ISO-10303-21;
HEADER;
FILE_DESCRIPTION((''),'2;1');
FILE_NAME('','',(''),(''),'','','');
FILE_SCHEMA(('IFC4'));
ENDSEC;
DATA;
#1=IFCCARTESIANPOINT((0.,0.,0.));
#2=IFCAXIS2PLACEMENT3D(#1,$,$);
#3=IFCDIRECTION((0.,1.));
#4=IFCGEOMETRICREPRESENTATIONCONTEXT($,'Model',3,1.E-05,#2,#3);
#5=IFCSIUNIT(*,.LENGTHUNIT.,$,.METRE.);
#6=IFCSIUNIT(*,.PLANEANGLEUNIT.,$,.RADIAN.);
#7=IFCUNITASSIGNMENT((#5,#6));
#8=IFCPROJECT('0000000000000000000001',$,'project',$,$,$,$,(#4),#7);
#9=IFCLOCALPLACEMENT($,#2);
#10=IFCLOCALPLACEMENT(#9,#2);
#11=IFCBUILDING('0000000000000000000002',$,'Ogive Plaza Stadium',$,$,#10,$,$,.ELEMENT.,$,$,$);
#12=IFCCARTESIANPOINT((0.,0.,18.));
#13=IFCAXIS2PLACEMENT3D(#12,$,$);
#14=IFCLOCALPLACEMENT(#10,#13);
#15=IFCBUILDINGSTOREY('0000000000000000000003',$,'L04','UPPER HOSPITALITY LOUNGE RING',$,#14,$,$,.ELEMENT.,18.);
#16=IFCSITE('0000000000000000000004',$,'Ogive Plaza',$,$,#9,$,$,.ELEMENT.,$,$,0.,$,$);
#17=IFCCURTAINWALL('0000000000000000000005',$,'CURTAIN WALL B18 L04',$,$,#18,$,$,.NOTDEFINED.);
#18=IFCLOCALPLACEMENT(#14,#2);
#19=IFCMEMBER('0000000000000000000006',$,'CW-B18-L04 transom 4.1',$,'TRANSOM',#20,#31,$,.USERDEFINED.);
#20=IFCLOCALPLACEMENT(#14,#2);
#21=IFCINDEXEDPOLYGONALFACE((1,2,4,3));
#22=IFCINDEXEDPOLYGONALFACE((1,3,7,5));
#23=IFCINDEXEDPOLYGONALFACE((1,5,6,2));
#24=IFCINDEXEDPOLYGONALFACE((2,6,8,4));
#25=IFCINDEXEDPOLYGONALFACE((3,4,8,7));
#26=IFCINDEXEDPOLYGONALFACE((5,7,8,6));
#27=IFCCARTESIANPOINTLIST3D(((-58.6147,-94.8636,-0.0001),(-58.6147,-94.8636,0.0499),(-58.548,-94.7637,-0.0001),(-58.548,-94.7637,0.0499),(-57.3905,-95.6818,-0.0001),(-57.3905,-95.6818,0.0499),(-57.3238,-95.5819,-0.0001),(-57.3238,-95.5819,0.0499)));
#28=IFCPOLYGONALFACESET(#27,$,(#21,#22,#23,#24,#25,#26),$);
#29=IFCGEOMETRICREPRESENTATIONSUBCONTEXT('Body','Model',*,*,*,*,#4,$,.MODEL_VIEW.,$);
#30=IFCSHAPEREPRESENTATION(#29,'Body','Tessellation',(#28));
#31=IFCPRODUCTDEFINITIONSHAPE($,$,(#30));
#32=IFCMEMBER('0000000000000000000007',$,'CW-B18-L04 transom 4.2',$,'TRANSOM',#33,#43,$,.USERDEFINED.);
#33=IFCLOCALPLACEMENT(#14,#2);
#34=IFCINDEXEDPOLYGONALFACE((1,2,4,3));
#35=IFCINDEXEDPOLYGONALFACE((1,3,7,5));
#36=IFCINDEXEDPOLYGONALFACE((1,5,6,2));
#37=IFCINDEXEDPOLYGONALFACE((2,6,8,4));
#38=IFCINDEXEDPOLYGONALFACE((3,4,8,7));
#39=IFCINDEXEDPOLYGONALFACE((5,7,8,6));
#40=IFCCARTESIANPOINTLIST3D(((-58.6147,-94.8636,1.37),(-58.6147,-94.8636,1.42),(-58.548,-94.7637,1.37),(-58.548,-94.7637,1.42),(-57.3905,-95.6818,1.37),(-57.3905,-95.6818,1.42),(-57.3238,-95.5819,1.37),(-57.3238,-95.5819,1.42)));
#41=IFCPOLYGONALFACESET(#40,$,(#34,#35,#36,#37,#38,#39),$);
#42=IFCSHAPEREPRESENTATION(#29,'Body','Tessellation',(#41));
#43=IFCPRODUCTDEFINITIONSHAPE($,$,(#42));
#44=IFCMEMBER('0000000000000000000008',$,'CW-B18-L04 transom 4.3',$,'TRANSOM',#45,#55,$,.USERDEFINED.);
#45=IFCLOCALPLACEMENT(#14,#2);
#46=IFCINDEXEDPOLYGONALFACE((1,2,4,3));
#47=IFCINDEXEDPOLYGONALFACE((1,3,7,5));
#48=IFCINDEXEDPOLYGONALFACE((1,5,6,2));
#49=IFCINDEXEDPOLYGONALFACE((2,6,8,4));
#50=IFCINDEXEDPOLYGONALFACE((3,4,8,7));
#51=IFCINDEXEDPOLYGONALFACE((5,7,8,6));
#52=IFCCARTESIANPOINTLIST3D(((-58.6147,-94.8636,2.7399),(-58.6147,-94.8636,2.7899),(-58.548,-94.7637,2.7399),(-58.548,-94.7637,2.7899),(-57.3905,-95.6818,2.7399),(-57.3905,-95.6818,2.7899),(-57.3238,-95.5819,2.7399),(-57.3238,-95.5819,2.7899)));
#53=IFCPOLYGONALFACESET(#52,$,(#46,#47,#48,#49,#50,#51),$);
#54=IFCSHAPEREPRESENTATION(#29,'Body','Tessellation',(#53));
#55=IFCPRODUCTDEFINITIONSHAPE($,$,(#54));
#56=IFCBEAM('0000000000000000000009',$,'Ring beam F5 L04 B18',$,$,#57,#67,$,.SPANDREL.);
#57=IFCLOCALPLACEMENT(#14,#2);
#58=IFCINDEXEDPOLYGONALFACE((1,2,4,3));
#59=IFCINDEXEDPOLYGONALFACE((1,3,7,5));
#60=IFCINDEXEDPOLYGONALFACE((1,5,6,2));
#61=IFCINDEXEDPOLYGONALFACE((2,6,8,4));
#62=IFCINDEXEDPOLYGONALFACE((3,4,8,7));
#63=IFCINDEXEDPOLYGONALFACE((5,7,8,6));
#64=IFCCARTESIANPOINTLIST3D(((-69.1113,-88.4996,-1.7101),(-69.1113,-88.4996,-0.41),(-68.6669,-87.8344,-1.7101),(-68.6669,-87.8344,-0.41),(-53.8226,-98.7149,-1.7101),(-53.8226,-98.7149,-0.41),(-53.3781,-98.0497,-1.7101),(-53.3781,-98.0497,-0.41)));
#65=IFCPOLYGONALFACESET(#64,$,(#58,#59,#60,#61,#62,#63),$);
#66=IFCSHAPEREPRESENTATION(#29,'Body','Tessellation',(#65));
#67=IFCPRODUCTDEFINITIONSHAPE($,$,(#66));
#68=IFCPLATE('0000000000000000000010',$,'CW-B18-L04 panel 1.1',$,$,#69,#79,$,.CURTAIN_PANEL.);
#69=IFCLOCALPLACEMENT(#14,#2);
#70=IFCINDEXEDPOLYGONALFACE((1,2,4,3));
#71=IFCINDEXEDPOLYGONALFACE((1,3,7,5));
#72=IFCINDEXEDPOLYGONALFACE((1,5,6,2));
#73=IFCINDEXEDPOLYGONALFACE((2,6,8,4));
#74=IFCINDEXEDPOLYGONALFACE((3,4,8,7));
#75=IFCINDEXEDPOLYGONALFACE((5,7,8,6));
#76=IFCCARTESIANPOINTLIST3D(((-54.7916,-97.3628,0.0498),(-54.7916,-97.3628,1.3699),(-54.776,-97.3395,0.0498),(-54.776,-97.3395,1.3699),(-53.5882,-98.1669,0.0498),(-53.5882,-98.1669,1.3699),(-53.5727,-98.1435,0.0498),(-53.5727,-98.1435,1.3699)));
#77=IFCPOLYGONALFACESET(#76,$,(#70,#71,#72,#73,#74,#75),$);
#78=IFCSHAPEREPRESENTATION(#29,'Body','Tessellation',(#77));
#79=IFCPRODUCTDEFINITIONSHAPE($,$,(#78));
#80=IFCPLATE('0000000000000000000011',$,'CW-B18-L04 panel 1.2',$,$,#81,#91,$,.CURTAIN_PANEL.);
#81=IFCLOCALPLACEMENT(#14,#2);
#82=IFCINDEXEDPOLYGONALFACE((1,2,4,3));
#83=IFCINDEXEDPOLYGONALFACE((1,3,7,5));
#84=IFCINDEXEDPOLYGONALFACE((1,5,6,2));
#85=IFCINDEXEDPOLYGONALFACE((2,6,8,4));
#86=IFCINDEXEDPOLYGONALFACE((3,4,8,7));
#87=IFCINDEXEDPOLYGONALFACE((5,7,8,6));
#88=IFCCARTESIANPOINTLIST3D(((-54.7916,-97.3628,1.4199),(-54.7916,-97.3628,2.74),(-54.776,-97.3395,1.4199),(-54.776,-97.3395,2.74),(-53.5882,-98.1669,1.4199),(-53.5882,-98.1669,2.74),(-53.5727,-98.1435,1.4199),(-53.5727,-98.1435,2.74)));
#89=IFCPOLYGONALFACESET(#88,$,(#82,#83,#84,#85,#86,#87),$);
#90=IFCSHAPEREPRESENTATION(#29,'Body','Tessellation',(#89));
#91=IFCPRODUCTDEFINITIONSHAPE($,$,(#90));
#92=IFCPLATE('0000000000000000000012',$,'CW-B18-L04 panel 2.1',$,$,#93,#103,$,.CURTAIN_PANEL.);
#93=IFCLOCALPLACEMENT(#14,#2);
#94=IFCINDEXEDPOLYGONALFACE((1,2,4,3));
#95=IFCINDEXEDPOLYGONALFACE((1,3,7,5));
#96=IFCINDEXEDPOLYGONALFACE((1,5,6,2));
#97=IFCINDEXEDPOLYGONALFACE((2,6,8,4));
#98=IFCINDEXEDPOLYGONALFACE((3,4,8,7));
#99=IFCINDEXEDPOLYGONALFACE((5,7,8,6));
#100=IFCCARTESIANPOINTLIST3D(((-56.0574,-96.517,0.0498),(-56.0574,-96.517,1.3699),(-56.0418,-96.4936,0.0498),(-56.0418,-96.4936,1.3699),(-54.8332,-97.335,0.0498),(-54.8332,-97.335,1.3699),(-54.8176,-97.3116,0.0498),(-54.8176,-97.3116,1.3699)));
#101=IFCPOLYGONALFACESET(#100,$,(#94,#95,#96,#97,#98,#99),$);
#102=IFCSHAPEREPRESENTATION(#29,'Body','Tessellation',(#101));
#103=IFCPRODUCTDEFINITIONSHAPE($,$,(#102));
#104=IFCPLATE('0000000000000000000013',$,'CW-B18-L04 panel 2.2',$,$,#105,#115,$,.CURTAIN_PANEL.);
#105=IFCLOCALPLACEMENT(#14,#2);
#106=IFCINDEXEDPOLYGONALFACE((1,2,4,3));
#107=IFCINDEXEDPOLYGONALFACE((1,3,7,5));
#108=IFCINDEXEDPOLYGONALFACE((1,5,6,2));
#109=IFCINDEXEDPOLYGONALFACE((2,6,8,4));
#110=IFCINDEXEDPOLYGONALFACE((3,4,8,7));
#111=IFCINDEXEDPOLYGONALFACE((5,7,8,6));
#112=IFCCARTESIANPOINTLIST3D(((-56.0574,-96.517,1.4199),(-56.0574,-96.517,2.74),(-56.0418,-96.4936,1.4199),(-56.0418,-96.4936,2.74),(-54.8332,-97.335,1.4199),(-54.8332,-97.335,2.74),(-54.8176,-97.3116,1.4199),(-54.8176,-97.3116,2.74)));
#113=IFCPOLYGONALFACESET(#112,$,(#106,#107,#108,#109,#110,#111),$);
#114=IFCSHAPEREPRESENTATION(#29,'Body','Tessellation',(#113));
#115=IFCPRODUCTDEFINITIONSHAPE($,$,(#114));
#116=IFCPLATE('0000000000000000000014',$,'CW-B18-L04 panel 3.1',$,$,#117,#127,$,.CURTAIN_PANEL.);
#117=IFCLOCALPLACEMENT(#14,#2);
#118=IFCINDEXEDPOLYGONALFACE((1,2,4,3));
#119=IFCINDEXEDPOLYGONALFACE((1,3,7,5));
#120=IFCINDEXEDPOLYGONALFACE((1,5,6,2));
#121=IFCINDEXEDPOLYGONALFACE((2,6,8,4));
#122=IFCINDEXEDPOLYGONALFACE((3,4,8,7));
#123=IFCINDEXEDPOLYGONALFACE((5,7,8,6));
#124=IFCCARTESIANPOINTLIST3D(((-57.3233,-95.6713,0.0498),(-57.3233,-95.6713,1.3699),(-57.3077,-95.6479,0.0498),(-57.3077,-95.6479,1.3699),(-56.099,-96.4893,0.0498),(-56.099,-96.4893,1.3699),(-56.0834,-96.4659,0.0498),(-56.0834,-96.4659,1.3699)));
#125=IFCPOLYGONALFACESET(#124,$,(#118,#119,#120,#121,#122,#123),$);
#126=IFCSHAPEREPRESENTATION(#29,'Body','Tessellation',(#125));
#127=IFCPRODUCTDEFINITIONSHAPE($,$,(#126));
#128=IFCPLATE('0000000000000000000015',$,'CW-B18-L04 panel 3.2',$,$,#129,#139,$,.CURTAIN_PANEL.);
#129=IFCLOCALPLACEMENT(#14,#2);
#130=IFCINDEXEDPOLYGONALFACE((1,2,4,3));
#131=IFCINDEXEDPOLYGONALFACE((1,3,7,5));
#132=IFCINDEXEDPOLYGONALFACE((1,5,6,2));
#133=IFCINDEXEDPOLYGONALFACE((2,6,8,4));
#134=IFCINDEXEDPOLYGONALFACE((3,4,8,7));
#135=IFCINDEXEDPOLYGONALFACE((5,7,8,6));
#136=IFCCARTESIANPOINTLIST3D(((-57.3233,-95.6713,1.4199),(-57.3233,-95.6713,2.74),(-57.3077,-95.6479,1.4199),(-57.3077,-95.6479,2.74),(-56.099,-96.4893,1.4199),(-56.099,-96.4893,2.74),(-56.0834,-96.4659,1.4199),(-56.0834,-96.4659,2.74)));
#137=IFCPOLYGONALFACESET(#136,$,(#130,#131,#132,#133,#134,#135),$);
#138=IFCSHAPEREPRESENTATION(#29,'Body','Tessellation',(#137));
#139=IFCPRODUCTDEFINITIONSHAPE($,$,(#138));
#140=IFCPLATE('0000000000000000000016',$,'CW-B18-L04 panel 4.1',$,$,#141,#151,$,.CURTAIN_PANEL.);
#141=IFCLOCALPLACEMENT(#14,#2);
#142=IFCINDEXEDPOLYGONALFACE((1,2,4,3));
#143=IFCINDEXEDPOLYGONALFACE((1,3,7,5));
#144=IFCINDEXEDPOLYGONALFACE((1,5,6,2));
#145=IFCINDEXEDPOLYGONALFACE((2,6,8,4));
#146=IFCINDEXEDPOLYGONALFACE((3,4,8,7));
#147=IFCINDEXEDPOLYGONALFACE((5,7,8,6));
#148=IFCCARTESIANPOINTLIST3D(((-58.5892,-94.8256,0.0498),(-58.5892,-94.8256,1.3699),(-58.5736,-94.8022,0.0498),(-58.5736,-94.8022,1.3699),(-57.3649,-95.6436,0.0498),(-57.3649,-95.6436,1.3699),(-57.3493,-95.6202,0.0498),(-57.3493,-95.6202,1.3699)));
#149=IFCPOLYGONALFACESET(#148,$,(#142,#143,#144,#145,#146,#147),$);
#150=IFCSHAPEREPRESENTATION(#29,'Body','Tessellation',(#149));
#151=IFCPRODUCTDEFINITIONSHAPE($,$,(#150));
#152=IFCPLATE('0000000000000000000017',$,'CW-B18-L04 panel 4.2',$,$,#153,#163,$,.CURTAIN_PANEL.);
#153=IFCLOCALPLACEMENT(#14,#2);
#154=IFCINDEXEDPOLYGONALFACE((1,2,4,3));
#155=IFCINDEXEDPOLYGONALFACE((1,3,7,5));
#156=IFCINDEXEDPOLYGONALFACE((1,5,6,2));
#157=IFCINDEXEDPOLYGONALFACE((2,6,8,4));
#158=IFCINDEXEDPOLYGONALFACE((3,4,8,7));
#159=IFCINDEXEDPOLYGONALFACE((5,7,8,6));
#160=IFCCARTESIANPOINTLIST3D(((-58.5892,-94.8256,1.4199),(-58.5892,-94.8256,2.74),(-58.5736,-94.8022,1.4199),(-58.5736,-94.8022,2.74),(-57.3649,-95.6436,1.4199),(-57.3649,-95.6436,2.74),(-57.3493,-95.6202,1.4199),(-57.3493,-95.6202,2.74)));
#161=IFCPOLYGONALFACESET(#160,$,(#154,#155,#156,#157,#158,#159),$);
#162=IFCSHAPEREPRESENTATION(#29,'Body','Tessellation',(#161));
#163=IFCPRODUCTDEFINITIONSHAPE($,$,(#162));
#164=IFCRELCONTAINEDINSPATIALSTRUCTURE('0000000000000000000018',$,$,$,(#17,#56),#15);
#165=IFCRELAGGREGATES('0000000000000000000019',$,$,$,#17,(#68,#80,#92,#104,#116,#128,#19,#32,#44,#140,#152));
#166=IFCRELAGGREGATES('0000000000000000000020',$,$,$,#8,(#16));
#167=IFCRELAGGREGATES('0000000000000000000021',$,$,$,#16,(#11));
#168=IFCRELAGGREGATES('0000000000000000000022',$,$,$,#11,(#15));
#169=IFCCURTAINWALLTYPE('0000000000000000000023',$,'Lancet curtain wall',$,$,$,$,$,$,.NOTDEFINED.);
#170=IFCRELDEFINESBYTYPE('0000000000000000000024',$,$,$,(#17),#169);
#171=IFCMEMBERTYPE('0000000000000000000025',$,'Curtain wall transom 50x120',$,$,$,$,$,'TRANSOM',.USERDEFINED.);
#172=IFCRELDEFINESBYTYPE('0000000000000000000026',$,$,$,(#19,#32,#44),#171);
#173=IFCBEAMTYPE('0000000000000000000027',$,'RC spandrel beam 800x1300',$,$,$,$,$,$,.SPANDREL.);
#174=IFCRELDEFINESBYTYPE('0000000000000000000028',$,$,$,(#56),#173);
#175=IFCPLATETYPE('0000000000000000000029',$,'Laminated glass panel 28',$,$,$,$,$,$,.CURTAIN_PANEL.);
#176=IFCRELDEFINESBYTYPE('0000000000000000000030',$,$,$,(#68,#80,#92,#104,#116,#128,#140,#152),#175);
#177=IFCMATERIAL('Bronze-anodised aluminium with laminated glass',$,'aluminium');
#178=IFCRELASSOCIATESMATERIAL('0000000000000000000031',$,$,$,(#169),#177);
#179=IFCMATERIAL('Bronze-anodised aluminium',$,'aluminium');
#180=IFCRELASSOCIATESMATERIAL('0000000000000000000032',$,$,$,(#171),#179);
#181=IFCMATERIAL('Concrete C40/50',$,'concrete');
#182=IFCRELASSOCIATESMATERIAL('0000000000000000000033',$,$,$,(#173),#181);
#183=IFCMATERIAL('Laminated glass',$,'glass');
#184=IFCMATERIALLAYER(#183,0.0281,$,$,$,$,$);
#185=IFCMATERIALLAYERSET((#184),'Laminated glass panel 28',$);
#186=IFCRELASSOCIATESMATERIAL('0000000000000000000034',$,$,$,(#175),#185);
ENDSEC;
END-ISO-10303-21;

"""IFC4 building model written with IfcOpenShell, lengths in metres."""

from ifc_helpers import new_model, si_unit, direction, frame, origin, origin_2d, place, context, subcontext, project, spatial, rectangle, extrude, material, layer, layer_set, material_profile, profile_set, type_object, element, aggregate, save


model = new_model("IFC4")

# Units and contexts
model_context = context("Model", 3, precision=1e-05, world=origin(), true_north=direction((0.0, 1.0)))
body_context = subcontext(model_context, "Body", "Model", "MODEL_VIEW")
ifc_project = project(units=[si_unit("LENGTHUNIT", "METRE"), si_unit("PLANEANGLEUNIT", "RADIAN")], contexts=[model_context])

# Site, building, storey
site_placement = place(None, origin())
site = spatial("IfcSite", under=ifc_project, at=site_placement, Name="Ogive Plaza", CompositionType="ELEMENT", RefElevation=0.0)
building_placement = place(site_placement, origin())
building = spatial("IfcBuilding", under=site, at=building_placement, Name="Ogive Plaza Stadium", CompositionType="ELEMENT")
storey_placement = place(building_placement, frame((0.0, 0.0, 18.0)))
storey = spatial("IfcBuildingStorey", under=building, at=storey_placement, Name="L04", Description="UPPER HOSPITALITY LOUNGE RING", CompositionType="ELEMENT", Elevation=18.0)

# Curtain wall, members
ifc_material_1 = material(Name="Bronze-anodised aluminium with laminated glass", Category="aluminium")
curtain_wall_type = type_object("IfcCurtainWallType", Name="Lancet curtain wall", PredefinedType="NOTDEFINED", material=ifc_material_1)
curtain_wall_placement = place(storey_placement, origin())
curtain_wall = element("IfcCurtainWall", 1, at=curtain_wall_placement, inside=storey, type_object=curtain_wall_type, Name="CURTAIN WALL B18 L04", PredefinedType="NOTDEFINED")
ifc_material_2 = material(Name="Bronze-anodised aluminium", Category="aluminium")
ifc_material_profile_1 = material_profile(ifc_material_2, rectangle(XDim=0.1201, YDim=0.05, at=origin_2d()), Name="AL 120x50")
ifc_profile_set_1 = profile_set([ifc_material_profile_1], Name="Bronze-anodised aluminium")
member_type_1 = type_object("IfcMemberType", Name="Curtain wall transom 50x120", ElementType="TRANSOM", PredefinedType="USERDEFINED", material=ifc_profile_set_1)
member_1_placement = place(storey_placement, frame((-57.3572, -95.6318, 0.0249), z_axis=(-0.831412, 0.555656, 0.0), x_axis=(-0.555656, -0.831412, 0.0)))
member_1 = element("IfcMember", 2, at=member_1_placement, type_object=member_type_1, Name="CW-B18-L04 transom 4.1", ObjectType="TRANSOM", PredefinedType="USERDEFINED", context=body_context, shape_type="SweptSolid", body=[
    extrude(rectangle(XDim=0.1201, YDim=0.05, at=origin_2d()), origin(), (0.0, 0.0, 1.0), 1.4724),
])
member_2_placement = place(storey_placement, frame((-57.3572, -95.6318, 1.395), z_axis=(-0.831412, 0.555656, 0.0), x_axis=(-0.555656, -0.831412, 0.0)))
member_2 = element("IfcMember", 3, at=member_2_placement, type_object=member_type_1, Name="CW-B18-L04 transom 4.2", ObjectType="TRANSOM", PredefinedType="USERDEFINED", context=body_context, shape_type="SweptSolid", body=[
    extrude(rectangle(XDim=0.1201, YDim=0.05, at=origin_2d()), origin(), (0.0, 0.0, 1.0), 1.4724),
])
member_3_placement = place(storey_placement, frame((-57.3572, -95.6318, 2.7649), z_axis=(-0.831412, 0.555656, 0.0), x_axis=(-0.555656, -0.831412, 0.0)))
member_3 = element("IfcMember", 4, at=member_3_placement, type_object=member_type_1, Name="CW-B18-L04 transom 4.3", ObjectType="TRANSOM", PredefinedType="USERDEFINED", context=body_context, shape_type="SweptSolid", body=[
    extrude(rectangle(XDim=0.1201, YDim=0.05, at=origin_2d()), origin(), (0.0, 0.0, 1.0), 1.4724),
])

# Beam
ifc_material_3 = material(Name="Concrete C40/50", Category="concrete")
ifc_material_profile_2 = material_profile(ifc_material_3, rectangle(XDim=0.8, YDim=1.3, at=origin_2d()), Name="RC 800x1300")
ifc_profile_set_2 = profile_set([ifc_material_profile_2], Name="Concrete C40/50")
beam_type = type_object("IfcBeamType", Name="RC spandrel beam 800x1300", PredefinedType="SPANDREL", material=ifc_profile_set_2)
beam_placement = place(storey_placement, frame((-53.6003, -98.3823, -1.0601), z_axis=(-0.831478, 0.555558, 0.0), x_axis=(-0.555558, -0.831478, 0.0)))
element("IfcBeam", 5, at=beam_placement, inside=storey, type_object=beam_type, Name="Ring beam F5 L04 B18", PredefinedType="SPANDREL", context=body_context, shape_type="SweptSolid", body=[
    extrude(rectangle(XDim=0.8, YDim=1.3, at=origin_2d()), origin(), (0.0, 0.0, 1.0), 18.3875),
])

# Plates
ifc_material_4 = material(Name="Laminated glass", Category="glass")
ifc_layer = layer(ifc_material_4, 0.0281)
ifc_layer_set = layer_set([ifc_layer], Name="Laminated glass panel 28")
plate_type = type_object("IfcPlateType", Name="Laminated glass panel 28", PredefinedType="CURTAIN_PANEL", material=ifc_layer_set)
plate_1_placement = place(storey_placement, frame((-54.1821, -97.7532, 0.0498), z_axis=(0.0, 0.0, 1.0), x_axis=(-0.83147, 0.55557, 0.0)))
plate_1 = element("IfcPlate", 6, at=plate_1_placement, type_object=plate_type, Name="CW-B18-L04 panel 1.1", PredefinedType="CURTAIN_PANEL", context=body_context, shape_type="SweptSolid", body=[
    extrude(rectangle(XDim=1.4473, YDim=0.0281, at=origin_2d()), origin(), (0.0, 0.0, 1.0), 1.3201),
])
plate_2_placement = place(storey_placement, frame((-54.1821, -97.7532, 1.4199), z_axis=(0.0, 0.0, 1.0), x_axis=(-0.83147, 0.55557, 0.0)))
plate_2 = element("IfcPlate", 7, at=plate_2_placement, type_object=plate_type, Name="CW-B18-L04 panel 1.2", PredefinedType="CURTAIN_PANEL", context=body_context, shape_type="SweptSolid", body=[
    extrude(rectangle(XDim=1.4473, YDim=0.0281, at=origin_2d()), origin(), (0.0, 0.0, 1.0), 1.3201),
])
plate_3_placement = place(storey_placement, frame((-55.4375, -96.9143, 0.0498), z_axis=(0.0, 0.0, 1.0), x_axis=(-0.83147, 0.55557, 0.0)))
plate_3 = element("IfcPlate", 8, at=plate_3_placement, type_object=plate_type, Name="CW-B18-L04 panel 2.1", PredefinedType="CURTAIN_PANEL", context=body_context, shape_type="SweptSolid", body=[
    extrude(rectangle(XDim=1.4724, YDim=0.0281, at=origin_2d()), origin(), (0.0, 0.0, 1.0), 1.3201),
])
plate_4_placement = place(storey_placement, frame((-55.4375, -96.9143, 1.4199), z_axis=(0.0, 0.0, 1.0), x_axis=(-0.83147, 0.55557, 0.0)))
plate_4 = element("IfcPlate", 9, at=plate_4_placement, type_object=plate_type, Name="CW-B18-L04 panel 2.2", PredefinedType="CURTAIN_PANEL", context=body_context, shape_type="SweptSolid", body=[
    extrude(rectangle(XDim=1.4724, YDim=0.0281, at=origin_2d()), origin(), (0.0, 0.0, 1.0), 1.3201),
])
plate_5_placement = place(storey_placement, frame((-56.7034, -96.0686, 0.0498), z_axis=(0.0, 0.0, 1.0), x_axis=(-0.83147, 0.55557, 0.0)))
plate_5 = element("IfcPlate", 10, at=plate_5_placement, type_object=plate_type, Name="CW-B18-L04 panel 3.1", PredefinedType="CURTAIN_PANEL", context=body_context, shape_type="SweptSolid", body=[
    extrude(rectangle(XDim=1.4724, YDim=0.0281, at=origin_2d()), origin(), (0.0, 0.0, 1.0), 1.3201),
])
plate_6_placement = place(storey_placement, frame((-56.7034, -96.0686, 1.4199), z_axis=(0.0, 0.0, 1.0), x_axis=(-0.83147, 0.55557, 0.0)))
plate_6 = element("IfcPlate", 11, at=plate_6_placement, type_object=plate_type, Name="CW-B18-L04 panel 3.2", PredefinedType="CURTAIN_PANEL", context=body_context, shape_type="SweptSolid", body=[
    extrude(rectangle(XDim=1.4724, YDim=0.0281, at=origin_2d()), origin(), (0.0, 0.0, 1.0), 1.3201),
])
plate_7_placement = place(storey_placement, frame((-57.9692, -95.2229, 0.0498), z_axis=(0.0, 0.0, 1.0), x_axis=(-0.83147, 0.55557, 0.0)))
plate_7 = element("IfcPlate", 12, at=plate_7_placement, type_object=plate_type, Name="CW-B18-L04 panel 4.1", PredefinedType="CURTAIN_PANEL", context=body_context, shape_type="SweptSolid", body=[
    extrude(rectangle(XDim=1.4724, YDim=0.0281, at=origin_2d()), origin(), (0.0, 0.0, 1.0), 1.3201),
])
plate_8_placement = place(storey_placement, frame((-57.9692, -95.2229, 1.4199), z_axis=(0.0, 0.0, 1.0), x_axis=(-0.83147, 0.55557, 0.0)))
plate_8 = element("IfcPlate", 13, at=plate_8_placement, type_object=plate_type, Name="CW-B18-L04 panel 4.2", PredefinedType="CURTAIN_PANEL", context=body_context, shape_type="SweptSolid", body=[
    extrude(rectangle(XDim=1.4724, YDim=0.0281, at=origin_2d()), origin(), (0.0, 0.0, 1.0), 1.3201),
])
aggregate(curtain_wall, [plate_1, plate_2, plate_3, plate_4, plate_5, plate_6, member_1, member_2, member_3, plate_7, plate_8])

save(model, "model.ifc")
